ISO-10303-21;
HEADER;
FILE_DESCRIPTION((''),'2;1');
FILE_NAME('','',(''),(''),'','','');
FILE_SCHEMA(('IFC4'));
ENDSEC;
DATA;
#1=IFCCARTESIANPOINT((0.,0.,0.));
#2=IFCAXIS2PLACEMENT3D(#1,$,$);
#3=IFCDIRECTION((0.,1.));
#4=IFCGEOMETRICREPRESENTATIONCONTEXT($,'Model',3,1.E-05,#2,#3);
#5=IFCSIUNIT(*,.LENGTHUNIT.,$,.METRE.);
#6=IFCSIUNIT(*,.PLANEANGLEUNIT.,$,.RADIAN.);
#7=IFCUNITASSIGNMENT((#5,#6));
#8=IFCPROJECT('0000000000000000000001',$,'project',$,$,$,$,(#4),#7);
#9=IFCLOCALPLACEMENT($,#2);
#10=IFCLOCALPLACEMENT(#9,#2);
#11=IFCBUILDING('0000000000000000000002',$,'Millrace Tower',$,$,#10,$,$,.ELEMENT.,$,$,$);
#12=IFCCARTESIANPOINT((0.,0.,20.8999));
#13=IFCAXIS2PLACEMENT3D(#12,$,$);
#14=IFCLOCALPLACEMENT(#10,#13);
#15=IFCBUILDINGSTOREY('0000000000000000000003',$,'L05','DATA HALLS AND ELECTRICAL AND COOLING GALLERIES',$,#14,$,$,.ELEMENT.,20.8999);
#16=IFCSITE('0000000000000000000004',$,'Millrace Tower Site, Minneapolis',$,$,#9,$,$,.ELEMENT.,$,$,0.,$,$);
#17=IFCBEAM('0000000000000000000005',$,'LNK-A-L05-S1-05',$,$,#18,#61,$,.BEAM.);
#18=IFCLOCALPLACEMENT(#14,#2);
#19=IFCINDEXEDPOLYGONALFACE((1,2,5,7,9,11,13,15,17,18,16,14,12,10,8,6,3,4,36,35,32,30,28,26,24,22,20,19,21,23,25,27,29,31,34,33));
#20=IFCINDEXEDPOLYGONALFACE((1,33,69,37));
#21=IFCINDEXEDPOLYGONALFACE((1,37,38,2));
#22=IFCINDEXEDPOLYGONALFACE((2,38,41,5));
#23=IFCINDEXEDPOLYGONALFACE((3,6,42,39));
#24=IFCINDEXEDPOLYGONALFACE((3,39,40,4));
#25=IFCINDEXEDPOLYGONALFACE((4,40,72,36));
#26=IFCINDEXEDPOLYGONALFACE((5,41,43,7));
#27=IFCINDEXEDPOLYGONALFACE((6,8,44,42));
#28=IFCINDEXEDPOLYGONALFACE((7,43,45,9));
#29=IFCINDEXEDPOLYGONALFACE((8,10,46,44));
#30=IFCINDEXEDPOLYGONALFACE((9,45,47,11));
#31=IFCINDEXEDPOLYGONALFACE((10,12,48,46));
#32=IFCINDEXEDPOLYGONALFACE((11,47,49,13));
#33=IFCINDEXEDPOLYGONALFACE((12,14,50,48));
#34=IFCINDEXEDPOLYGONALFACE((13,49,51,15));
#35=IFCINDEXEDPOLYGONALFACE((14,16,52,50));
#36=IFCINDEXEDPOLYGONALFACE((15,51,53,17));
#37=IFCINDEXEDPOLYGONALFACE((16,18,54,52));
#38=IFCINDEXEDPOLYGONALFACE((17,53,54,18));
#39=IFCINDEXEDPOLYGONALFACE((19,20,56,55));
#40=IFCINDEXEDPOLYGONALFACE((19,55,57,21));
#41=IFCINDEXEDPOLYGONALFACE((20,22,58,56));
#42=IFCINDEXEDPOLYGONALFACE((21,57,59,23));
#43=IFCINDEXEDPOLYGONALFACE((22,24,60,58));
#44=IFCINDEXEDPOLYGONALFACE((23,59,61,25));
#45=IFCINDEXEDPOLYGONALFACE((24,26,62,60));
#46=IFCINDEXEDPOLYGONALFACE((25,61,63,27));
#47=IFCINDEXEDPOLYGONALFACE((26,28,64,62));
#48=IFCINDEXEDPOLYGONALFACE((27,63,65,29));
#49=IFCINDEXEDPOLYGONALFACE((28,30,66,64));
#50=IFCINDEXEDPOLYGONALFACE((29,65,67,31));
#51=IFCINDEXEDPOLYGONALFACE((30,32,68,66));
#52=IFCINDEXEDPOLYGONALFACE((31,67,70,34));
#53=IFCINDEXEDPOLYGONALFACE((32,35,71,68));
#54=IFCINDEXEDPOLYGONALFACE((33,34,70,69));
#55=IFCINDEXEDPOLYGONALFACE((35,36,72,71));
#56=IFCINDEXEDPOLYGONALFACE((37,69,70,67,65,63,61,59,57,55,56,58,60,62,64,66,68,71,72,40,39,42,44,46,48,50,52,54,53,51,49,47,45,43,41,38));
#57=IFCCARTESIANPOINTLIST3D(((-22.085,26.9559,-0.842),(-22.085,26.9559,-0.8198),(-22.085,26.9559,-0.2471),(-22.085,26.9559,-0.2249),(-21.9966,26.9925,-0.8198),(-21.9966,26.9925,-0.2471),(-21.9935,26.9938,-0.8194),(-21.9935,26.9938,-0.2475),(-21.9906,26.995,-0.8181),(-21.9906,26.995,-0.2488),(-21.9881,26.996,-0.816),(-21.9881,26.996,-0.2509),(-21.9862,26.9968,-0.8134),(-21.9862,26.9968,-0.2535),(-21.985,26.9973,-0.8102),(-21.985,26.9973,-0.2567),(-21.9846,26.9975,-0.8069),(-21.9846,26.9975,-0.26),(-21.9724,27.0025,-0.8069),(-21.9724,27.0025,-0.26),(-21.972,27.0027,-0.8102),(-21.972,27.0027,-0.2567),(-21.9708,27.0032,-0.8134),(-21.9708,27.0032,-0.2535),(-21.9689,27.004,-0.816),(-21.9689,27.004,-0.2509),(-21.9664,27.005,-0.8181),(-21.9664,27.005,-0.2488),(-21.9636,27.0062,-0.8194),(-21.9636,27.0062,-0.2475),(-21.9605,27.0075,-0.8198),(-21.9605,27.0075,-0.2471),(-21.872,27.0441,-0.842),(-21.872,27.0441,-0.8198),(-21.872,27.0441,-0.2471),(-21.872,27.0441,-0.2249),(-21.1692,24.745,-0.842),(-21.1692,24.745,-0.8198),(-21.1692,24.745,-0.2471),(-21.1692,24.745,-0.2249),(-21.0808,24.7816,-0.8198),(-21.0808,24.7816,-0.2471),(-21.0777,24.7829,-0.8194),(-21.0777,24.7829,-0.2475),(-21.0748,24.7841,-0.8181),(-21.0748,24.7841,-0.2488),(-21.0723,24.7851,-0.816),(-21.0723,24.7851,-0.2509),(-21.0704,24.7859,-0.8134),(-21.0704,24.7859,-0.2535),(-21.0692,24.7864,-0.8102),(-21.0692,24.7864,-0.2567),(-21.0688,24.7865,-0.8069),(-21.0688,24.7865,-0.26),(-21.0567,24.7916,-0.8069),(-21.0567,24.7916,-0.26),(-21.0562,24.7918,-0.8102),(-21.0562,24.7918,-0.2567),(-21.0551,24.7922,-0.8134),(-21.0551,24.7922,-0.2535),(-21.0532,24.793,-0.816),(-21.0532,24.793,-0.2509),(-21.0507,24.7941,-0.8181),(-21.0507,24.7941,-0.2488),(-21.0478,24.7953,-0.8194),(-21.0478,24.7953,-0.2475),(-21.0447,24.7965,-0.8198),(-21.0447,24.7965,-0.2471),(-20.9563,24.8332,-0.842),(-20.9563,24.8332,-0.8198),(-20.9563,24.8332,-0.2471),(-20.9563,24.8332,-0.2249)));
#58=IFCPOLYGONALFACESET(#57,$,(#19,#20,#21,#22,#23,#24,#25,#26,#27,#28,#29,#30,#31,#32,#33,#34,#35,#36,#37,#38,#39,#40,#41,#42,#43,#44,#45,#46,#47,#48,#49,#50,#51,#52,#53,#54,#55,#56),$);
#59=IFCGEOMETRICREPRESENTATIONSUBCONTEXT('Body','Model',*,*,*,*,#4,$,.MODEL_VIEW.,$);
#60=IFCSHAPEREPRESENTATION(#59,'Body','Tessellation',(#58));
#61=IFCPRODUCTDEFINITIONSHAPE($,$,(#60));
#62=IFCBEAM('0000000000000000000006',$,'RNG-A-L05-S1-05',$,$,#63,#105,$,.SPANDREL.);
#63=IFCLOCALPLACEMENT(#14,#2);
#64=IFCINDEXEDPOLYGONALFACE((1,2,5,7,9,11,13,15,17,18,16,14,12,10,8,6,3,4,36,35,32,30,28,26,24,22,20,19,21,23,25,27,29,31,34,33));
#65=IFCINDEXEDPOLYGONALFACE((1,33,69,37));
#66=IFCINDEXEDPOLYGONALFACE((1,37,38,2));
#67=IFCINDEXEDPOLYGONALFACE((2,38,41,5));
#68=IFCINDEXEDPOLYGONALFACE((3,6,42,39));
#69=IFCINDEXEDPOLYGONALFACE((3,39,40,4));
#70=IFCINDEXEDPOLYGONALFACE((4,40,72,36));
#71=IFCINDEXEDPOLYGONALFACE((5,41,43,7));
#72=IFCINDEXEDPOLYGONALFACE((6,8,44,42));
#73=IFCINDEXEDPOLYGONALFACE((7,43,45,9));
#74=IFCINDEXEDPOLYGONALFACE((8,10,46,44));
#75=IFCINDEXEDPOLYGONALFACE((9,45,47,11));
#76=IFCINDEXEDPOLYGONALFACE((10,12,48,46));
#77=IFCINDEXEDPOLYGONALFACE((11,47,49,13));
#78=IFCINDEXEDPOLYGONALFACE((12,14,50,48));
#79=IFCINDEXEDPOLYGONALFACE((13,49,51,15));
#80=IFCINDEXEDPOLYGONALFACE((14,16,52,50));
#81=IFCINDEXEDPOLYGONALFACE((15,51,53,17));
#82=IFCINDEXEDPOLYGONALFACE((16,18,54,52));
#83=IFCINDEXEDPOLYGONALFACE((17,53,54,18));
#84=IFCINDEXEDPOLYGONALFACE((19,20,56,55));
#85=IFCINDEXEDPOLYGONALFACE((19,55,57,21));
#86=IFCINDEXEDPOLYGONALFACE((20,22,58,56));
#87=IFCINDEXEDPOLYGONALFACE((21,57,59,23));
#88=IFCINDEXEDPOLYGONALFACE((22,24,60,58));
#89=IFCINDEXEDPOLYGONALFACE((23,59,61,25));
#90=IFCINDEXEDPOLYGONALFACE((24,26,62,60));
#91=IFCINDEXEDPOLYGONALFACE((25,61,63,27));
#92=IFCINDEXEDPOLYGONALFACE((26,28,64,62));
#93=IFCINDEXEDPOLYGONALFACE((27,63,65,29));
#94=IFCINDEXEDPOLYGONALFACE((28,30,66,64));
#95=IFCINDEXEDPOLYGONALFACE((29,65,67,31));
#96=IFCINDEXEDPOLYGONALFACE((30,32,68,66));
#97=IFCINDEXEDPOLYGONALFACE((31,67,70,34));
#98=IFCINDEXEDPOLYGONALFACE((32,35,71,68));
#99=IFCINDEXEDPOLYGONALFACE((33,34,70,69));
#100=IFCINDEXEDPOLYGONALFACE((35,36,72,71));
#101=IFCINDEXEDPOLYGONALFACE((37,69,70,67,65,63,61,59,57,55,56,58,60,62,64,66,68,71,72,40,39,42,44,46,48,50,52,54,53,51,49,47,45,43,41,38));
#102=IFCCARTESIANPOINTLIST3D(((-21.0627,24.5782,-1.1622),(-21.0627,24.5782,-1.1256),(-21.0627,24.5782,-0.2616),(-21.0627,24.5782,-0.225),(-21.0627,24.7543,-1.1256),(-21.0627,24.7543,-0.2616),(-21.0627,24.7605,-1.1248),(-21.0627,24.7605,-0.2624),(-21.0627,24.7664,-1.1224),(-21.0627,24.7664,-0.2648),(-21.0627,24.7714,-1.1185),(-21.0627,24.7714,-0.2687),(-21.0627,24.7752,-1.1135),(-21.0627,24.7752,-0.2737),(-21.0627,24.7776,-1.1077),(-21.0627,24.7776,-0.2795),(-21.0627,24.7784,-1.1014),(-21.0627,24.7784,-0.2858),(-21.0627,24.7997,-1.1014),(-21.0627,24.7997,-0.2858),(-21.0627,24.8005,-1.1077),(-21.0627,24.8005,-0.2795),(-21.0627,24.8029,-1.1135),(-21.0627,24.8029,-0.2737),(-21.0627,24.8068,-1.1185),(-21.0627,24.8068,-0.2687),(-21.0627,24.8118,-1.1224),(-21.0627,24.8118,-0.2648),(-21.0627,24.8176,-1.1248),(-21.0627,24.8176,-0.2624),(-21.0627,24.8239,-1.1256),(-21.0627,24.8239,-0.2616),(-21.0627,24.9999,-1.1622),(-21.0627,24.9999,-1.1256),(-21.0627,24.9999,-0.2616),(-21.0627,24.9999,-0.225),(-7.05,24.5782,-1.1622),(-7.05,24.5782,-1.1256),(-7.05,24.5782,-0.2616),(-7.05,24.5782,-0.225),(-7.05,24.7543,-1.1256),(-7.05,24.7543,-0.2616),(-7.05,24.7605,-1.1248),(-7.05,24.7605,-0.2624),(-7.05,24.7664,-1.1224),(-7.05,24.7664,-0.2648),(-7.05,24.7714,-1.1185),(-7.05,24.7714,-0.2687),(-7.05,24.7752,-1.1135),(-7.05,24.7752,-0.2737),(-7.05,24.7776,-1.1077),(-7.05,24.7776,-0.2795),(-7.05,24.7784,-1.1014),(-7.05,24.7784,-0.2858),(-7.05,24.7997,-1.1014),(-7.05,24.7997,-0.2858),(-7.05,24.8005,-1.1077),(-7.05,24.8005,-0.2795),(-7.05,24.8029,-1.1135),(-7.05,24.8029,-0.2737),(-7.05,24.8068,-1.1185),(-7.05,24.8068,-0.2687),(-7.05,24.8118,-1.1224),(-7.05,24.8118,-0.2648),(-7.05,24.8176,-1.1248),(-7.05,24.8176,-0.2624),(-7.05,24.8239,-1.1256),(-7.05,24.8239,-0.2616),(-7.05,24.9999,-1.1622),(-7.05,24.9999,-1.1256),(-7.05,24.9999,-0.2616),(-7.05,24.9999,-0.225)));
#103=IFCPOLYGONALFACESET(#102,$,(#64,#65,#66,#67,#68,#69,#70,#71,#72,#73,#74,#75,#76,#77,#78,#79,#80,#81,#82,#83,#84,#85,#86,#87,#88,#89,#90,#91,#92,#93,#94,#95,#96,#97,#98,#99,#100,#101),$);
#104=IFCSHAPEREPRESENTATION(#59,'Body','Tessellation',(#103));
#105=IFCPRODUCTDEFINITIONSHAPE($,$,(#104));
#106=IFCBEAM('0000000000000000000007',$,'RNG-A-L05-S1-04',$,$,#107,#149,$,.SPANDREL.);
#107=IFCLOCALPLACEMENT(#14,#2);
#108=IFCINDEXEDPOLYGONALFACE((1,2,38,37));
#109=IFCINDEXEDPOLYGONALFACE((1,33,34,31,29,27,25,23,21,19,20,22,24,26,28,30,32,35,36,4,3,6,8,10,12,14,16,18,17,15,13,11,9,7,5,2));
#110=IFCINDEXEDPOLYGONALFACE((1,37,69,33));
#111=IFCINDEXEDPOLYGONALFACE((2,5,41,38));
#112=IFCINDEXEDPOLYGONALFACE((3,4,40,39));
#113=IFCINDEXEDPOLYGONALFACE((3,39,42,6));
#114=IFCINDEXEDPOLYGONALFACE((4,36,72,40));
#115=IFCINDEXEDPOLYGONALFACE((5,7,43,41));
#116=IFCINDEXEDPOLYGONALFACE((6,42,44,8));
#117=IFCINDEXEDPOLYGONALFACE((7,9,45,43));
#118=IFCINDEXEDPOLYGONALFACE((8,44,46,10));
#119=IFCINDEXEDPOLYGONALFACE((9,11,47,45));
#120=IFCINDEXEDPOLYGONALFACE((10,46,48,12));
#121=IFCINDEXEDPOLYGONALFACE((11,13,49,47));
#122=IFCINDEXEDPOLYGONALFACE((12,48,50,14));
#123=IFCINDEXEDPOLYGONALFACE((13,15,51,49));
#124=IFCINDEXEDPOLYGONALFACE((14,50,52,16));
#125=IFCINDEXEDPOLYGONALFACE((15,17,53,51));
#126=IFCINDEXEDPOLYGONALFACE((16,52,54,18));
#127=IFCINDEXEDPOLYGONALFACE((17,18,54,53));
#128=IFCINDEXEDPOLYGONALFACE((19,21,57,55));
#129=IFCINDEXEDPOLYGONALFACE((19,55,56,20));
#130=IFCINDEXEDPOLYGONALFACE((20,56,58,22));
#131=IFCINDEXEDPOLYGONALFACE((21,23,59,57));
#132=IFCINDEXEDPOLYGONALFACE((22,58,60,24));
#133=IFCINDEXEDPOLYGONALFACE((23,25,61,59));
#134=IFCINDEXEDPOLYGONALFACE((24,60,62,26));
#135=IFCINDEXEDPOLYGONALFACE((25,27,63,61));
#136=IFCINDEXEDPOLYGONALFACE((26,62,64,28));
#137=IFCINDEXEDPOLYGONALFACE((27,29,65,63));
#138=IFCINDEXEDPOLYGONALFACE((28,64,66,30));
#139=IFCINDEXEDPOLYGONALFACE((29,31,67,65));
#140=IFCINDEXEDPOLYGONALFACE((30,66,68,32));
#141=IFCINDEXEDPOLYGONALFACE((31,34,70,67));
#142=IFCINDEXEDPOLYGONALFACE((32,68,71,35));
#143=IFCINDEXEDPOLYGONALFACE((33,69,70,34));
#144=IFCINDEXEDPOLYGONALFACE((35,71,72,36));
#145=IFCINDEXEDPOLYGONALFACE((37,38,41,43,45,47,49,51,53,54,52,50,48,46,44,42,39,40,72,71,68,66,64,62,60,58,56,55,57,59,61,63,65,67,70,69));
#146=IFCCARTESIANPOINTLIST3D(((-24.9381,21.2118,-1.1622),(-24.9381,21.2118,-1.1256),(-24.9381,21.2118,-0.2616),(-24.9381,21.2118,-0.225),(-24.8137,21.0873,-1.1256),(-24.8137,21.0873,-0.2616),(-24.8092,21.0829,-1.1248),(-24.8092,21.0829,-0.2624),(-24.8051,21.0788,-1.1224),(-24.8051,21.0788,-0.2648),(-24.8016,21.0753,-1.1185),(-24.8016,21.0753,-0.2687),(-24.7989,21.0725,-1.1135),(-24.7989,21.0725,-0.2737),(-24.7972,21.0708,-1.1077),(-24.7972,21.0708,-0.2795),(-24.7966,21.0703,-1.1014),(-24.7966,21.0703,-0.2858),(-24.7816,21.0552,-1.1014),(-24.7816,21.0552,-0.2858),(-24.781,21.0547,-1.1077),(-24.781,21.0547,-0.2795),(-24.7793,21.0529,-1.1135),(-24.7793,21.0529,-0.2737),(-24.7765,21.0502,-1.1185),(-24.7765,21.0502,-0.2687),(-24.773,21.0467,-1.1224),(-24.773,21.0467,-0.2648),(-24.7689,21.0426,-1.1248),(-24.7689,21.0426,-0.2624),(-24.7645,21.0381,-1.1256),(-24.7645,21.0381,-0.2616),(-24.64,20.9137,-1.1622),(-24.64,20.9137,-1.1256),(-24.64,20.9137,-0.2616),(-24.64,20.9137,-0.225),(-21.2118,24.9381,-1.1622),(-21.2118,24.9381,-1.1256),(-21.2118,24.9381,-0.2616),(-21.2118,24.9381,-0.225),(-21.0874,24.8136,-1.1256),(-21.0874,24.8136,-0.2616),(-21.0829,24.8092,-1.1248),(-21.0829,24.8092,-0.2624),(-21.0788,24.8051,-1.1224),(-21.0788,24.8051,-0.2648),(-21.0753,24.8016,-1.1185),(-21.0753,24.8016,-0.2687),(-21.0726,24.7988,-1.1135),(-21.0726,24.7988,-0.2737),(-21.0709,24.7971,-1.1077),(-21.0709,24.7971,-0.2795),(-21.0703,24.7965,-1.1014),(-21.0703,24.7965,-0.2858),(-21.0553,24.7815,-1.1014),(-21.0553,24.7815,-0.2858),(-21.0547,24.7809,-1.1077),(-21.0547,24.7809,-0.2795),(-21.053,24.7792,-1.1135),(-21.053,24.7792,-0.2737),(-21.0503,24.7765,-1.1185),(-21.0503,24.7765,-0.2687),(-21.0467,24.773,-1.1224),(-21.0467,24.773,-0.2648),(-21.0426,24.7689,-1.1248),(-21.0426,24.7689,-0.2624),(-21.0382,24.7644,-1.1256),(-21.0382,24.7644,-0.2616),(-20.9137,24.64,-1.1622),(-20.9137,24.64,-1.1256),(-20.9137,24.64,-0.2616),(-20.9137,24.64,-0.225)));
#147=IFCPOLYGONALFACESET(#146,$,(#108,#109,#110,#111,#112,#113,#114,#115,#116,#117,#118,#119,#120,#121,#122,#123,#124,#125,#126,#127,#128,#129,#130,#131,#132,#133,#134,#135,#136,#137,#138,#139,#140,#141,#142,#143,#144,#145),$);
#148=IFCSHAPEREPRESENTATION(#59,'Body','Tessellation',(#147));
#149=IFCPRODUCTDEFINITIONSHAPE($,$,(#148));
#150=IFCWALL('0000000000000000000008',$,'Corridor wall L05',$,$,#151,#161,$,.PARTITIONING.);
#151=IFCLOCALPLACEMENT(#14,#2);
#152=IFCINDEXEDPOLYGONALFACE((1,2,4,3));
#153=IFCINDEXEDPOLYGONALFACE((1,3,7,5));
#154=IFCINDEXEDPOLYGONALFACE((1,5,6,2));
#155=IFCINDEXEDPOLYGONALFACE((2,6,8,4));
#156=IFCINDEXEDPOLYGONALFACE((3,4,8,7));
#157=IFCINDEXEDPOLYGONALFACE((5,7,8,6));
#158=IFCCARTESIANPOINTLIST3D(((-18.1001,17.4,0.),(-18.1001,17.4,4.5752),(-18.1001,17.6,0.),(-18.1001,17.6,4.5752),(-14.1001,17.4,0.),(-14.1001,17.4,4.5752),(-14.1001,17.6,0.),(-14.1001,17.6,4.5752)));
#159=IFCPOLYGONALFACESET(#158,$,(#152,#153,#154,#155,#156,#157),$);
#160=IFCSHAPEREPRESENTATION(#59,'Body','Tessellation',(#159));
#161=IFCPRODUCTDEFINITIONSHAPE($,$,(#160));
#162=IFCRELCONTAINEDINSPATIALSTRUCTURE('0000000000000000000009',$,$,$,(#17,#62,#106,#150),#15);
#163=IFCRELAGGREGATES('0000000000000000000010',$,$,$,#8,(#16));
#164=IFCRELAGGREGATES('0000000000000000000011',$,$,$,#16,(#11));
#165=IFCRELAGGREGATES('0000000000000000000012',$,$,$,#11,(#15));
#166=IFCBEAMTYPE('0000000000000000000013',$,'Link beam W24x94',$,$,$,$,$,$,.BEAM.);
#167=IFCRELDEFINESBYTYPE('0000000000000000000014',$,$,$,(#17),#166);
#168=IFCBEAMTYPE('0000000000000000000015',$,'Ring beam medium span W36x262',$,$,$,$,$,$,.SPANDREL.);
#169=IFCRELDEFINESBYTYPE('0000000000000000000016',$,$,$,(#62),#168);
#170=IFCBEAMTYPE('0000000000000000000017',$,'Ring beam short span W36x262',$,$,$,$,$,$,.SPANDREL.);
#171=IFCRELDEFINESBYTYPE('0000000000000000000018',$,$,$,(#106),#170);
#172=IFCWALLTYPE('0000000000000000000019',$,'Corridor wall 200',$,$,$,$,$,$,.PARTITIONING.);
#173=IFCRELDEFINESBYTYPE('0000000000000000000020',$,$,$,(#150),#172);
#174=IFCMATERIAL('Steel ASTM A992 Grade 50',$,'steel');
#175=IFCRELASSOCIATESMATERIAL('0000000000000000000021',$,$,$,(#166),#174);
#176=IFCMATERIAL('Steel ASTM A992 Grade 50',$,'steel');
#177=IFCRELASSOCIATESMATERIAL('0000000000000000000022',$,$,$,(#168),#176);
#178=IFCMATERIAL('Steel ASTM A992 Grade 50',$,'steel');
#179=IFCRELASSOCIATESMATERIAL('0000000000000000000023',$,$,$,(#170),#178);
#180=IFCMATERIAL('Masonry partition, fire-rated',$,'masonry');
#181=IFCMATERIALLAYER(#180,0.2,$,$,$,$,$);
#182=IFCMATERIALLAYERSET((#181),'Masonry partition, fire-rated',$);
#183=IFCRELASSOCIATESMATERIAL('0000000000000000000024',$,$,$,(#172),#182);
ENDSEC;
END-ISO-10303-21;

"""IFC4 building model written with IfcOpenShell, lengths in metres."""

from ifc_helpers import new_model, si_unit, direction, frame, frame_2d, origin, origin_2d, place, context, subcontext, project, spatial, rectangle, i_section, extrude, material, layer, layer_set, material_profile, profile_set, type_object, element, save


model = new_model("IFC4")

# Units and contexts
model_context = context("Model", 3, precision=1e-05, world=origin(), true_north=direction((0.0, 1.0)))
body_context = subcontext(model_context, "Body", "Model", "MODEL_VIEW")
ifc_project = project(units=[si_unit("LENGTHUNIT", "METRE"), si_unit("PLANEANGLEUNIT", "RADIAN")], contexts=[model_context])

# Site, building, storey
site_placement = place(None, origin())
site = spatial("IfcSite", under=ifc_project, at=site_placement, Name="Millrace Tower Site, Minneapolis", CompositionType="ELEMENT", RefElevation=0.0)
building_placement = place(site_placement, origin())
building = spatial("IfcBuilding", under=site, at=building_placement, Name="Millrace Tower", CompositionType="ELEMENT")
storey_placement = place(building_placement, frame((0.0, 0.0, 20.8999)))
storey = spatial("IfcBuildingStorey", under=building, at=storey_placement, Name="L05", Description="DATA HALLS AND ELECTRICAL AND COOLING GALLERIES", CompositionType="ELEMENT", Elevation=20.8999)

# Beams
ifc_material_1 = material(Name="Steel ASTM A992 Grade 50", Category="steel")
ifc_material_profile_1 = material_profile(ifc_material_1, i_section(OverallWidth=0.2305, OverallDepth=0.6172, WebThickness=0.0132, FlangeThickness=0.0222, FilletRadius=0.0129, at=origin_2d()))
ifc_profile_set_1 = profile_set([ifc_material_profile_1], Name="Steel ASTM A992 Grade 50")
beam_type_1 = type_object("IfcBeamType", Name="Link beam W24x94", PredefinedType="BEAM", material=ifc_profile_set_1)
for number, where, z_axis, x_axis, name in (
    (1, (-21.0627, 24.7891, -0.5334), (-0.382673, 0.923884, 0.0), (-0.923884, -0.382673, 0.0), "LNK-A-L05-S1-05"),
):
    element("IfcBeam", number, at=place(storey_placement, frame(where, z_axis=z_axis, x_axis=x_axis)), inside=storey, type_object=beam_type_1, Name=name, PredefinedType="BEAM", context=body_context, shape_type="SweptSolid", body=[
        extrude(i_section(OverallWidth=0.2305, OverallDepth=0.6172, WebThickness=0.0132, FlangeThickness=0.0222, FilletRadius=0.0129, at=origin_2d()), origin(), (0.0, 0.0, 1.0), 2.3931),
    ])
ifc_material_2 = material(Name="Steel ASTM A992 Grade 50", Category="steel")
ifc_material_profile_2 = material_profile(ifc_material_2, i_section(OverallWidth=0.4216, OverallDepth=0.9373, WebThickness=0.0212, FlangeThickness=0.0366, FilletRadius=0.0242, at=origin_2d()))
ifc_profile_set_2 = profile_set([ifc_material_profile_2], Name="Steel ASTM A992 Grade 50")
beam_type_2 = type_object("IfcBeamType", Name="Ring beam medium span W36x262", PredefinedType="SPANDREL", material=ifc_profile_set_2)
beam_1_placement = place(storey_placement, frame((-21.0627, 24.7891, -0.6936), z_axis=(1.0, 0.0, 0.0), x_axis=(0.0, 1.0, 0.0)))
element("IfcBeam", 2, at=beam_1_placement, inside=storey, type_object=beam_type_2, Name="RNG-A-L05-S1-05", PredefinedType="SPANDREL", context=body_context, shape_type="SweptSolid", body=[
    extrude(i_section(OverallWidth=0.4216, OverallDepth=0.9373, WebThickness=0.0212, FlangeThickness=0.0366, FilletRadius=0.0242, at=origin_2d()), origin(), (0.0, 0.0, 1.0), 14.0127),
])
ifc_material_3 = material(Name="Steel ASTM A992 Grade 50", Category="steel")
ifc_material_profile_3 = material_profile(ifc_material_3, i_section(OverallWidth=0.4216, OverallDepth=0.9373, WebThickness=0.0212, FlangeThickness=0.0366, FilletRadius=0.0242, at=origin_2d()))
ifc_profile_set_3 = profile_set([ifc_material_profile_3], Name="Steel ASTM A992 Grade 50")
beam_type_3 = type_object("IfcBeamType", Name="Ring beam short span W36x262", PredefinedType="SPANDREL", material=ifc_profile_set_3)
beam_2_placement = place(storey_placement, frame((-24.7891, 21.0627, -0.6936), z_axis=(0.707107, 0.707107, 0.0), x_axis=(-0.707107, 0.707107, 0.0)))
element("IfcBeam", 3, at=beam_2_placement, inside=storey, type_object=beam_type_3, Name="RNG-A-L05-S1-04", PredefinedType="SPANDREL", context=body_context, shape_type="SweptSolid", body=[
    extrude(i_section(OverallWidth=0.4216, OverallDepth=0.9373, WebThickness=0.0212, FlangeThickness=0.0366, FilletRadius=0.0242, at=origin_2d()), origin(), (0.0, 0.0, 1.0), 5.2698),
])

# Wall
ifc_material_4 = material(Name="Masonry partition, fire-rated", Category="masonry")
ifc_layer_1 = layer(ifc_material_4, 0.2)
ifc_layer_set_1 = layer_set([ifc_layer_1], Name="Masonry partition, fire-rated")
wall_type = type_object("IfcWallType", Name="Corridor wall 200", PredefinedType="PARTITIONING", material=ifc_layer_set_1)
wall_placement = place(storey_placement, frame((-18.1001, 17.5, 0.0), z_axis=(0.0, 0.0, 1.0), x_axis=(1.0, 0.0, 0.0)))
element("IfcWall", 4, at=wall_placement, inside=storey, type_object=wall_type, Name="Corridor wall L05", PredefinedType="PARTITIONING", context=body_context, shape_type="SweptSolid", body=[
    extrude(rectangle(XDim=4.0, YDim=0.2, at=frame_2d((2.0, 0.0))), origin(), (0.0, 0.0, 1.0), 4.5752),
])

save(model, "model.ifc")
